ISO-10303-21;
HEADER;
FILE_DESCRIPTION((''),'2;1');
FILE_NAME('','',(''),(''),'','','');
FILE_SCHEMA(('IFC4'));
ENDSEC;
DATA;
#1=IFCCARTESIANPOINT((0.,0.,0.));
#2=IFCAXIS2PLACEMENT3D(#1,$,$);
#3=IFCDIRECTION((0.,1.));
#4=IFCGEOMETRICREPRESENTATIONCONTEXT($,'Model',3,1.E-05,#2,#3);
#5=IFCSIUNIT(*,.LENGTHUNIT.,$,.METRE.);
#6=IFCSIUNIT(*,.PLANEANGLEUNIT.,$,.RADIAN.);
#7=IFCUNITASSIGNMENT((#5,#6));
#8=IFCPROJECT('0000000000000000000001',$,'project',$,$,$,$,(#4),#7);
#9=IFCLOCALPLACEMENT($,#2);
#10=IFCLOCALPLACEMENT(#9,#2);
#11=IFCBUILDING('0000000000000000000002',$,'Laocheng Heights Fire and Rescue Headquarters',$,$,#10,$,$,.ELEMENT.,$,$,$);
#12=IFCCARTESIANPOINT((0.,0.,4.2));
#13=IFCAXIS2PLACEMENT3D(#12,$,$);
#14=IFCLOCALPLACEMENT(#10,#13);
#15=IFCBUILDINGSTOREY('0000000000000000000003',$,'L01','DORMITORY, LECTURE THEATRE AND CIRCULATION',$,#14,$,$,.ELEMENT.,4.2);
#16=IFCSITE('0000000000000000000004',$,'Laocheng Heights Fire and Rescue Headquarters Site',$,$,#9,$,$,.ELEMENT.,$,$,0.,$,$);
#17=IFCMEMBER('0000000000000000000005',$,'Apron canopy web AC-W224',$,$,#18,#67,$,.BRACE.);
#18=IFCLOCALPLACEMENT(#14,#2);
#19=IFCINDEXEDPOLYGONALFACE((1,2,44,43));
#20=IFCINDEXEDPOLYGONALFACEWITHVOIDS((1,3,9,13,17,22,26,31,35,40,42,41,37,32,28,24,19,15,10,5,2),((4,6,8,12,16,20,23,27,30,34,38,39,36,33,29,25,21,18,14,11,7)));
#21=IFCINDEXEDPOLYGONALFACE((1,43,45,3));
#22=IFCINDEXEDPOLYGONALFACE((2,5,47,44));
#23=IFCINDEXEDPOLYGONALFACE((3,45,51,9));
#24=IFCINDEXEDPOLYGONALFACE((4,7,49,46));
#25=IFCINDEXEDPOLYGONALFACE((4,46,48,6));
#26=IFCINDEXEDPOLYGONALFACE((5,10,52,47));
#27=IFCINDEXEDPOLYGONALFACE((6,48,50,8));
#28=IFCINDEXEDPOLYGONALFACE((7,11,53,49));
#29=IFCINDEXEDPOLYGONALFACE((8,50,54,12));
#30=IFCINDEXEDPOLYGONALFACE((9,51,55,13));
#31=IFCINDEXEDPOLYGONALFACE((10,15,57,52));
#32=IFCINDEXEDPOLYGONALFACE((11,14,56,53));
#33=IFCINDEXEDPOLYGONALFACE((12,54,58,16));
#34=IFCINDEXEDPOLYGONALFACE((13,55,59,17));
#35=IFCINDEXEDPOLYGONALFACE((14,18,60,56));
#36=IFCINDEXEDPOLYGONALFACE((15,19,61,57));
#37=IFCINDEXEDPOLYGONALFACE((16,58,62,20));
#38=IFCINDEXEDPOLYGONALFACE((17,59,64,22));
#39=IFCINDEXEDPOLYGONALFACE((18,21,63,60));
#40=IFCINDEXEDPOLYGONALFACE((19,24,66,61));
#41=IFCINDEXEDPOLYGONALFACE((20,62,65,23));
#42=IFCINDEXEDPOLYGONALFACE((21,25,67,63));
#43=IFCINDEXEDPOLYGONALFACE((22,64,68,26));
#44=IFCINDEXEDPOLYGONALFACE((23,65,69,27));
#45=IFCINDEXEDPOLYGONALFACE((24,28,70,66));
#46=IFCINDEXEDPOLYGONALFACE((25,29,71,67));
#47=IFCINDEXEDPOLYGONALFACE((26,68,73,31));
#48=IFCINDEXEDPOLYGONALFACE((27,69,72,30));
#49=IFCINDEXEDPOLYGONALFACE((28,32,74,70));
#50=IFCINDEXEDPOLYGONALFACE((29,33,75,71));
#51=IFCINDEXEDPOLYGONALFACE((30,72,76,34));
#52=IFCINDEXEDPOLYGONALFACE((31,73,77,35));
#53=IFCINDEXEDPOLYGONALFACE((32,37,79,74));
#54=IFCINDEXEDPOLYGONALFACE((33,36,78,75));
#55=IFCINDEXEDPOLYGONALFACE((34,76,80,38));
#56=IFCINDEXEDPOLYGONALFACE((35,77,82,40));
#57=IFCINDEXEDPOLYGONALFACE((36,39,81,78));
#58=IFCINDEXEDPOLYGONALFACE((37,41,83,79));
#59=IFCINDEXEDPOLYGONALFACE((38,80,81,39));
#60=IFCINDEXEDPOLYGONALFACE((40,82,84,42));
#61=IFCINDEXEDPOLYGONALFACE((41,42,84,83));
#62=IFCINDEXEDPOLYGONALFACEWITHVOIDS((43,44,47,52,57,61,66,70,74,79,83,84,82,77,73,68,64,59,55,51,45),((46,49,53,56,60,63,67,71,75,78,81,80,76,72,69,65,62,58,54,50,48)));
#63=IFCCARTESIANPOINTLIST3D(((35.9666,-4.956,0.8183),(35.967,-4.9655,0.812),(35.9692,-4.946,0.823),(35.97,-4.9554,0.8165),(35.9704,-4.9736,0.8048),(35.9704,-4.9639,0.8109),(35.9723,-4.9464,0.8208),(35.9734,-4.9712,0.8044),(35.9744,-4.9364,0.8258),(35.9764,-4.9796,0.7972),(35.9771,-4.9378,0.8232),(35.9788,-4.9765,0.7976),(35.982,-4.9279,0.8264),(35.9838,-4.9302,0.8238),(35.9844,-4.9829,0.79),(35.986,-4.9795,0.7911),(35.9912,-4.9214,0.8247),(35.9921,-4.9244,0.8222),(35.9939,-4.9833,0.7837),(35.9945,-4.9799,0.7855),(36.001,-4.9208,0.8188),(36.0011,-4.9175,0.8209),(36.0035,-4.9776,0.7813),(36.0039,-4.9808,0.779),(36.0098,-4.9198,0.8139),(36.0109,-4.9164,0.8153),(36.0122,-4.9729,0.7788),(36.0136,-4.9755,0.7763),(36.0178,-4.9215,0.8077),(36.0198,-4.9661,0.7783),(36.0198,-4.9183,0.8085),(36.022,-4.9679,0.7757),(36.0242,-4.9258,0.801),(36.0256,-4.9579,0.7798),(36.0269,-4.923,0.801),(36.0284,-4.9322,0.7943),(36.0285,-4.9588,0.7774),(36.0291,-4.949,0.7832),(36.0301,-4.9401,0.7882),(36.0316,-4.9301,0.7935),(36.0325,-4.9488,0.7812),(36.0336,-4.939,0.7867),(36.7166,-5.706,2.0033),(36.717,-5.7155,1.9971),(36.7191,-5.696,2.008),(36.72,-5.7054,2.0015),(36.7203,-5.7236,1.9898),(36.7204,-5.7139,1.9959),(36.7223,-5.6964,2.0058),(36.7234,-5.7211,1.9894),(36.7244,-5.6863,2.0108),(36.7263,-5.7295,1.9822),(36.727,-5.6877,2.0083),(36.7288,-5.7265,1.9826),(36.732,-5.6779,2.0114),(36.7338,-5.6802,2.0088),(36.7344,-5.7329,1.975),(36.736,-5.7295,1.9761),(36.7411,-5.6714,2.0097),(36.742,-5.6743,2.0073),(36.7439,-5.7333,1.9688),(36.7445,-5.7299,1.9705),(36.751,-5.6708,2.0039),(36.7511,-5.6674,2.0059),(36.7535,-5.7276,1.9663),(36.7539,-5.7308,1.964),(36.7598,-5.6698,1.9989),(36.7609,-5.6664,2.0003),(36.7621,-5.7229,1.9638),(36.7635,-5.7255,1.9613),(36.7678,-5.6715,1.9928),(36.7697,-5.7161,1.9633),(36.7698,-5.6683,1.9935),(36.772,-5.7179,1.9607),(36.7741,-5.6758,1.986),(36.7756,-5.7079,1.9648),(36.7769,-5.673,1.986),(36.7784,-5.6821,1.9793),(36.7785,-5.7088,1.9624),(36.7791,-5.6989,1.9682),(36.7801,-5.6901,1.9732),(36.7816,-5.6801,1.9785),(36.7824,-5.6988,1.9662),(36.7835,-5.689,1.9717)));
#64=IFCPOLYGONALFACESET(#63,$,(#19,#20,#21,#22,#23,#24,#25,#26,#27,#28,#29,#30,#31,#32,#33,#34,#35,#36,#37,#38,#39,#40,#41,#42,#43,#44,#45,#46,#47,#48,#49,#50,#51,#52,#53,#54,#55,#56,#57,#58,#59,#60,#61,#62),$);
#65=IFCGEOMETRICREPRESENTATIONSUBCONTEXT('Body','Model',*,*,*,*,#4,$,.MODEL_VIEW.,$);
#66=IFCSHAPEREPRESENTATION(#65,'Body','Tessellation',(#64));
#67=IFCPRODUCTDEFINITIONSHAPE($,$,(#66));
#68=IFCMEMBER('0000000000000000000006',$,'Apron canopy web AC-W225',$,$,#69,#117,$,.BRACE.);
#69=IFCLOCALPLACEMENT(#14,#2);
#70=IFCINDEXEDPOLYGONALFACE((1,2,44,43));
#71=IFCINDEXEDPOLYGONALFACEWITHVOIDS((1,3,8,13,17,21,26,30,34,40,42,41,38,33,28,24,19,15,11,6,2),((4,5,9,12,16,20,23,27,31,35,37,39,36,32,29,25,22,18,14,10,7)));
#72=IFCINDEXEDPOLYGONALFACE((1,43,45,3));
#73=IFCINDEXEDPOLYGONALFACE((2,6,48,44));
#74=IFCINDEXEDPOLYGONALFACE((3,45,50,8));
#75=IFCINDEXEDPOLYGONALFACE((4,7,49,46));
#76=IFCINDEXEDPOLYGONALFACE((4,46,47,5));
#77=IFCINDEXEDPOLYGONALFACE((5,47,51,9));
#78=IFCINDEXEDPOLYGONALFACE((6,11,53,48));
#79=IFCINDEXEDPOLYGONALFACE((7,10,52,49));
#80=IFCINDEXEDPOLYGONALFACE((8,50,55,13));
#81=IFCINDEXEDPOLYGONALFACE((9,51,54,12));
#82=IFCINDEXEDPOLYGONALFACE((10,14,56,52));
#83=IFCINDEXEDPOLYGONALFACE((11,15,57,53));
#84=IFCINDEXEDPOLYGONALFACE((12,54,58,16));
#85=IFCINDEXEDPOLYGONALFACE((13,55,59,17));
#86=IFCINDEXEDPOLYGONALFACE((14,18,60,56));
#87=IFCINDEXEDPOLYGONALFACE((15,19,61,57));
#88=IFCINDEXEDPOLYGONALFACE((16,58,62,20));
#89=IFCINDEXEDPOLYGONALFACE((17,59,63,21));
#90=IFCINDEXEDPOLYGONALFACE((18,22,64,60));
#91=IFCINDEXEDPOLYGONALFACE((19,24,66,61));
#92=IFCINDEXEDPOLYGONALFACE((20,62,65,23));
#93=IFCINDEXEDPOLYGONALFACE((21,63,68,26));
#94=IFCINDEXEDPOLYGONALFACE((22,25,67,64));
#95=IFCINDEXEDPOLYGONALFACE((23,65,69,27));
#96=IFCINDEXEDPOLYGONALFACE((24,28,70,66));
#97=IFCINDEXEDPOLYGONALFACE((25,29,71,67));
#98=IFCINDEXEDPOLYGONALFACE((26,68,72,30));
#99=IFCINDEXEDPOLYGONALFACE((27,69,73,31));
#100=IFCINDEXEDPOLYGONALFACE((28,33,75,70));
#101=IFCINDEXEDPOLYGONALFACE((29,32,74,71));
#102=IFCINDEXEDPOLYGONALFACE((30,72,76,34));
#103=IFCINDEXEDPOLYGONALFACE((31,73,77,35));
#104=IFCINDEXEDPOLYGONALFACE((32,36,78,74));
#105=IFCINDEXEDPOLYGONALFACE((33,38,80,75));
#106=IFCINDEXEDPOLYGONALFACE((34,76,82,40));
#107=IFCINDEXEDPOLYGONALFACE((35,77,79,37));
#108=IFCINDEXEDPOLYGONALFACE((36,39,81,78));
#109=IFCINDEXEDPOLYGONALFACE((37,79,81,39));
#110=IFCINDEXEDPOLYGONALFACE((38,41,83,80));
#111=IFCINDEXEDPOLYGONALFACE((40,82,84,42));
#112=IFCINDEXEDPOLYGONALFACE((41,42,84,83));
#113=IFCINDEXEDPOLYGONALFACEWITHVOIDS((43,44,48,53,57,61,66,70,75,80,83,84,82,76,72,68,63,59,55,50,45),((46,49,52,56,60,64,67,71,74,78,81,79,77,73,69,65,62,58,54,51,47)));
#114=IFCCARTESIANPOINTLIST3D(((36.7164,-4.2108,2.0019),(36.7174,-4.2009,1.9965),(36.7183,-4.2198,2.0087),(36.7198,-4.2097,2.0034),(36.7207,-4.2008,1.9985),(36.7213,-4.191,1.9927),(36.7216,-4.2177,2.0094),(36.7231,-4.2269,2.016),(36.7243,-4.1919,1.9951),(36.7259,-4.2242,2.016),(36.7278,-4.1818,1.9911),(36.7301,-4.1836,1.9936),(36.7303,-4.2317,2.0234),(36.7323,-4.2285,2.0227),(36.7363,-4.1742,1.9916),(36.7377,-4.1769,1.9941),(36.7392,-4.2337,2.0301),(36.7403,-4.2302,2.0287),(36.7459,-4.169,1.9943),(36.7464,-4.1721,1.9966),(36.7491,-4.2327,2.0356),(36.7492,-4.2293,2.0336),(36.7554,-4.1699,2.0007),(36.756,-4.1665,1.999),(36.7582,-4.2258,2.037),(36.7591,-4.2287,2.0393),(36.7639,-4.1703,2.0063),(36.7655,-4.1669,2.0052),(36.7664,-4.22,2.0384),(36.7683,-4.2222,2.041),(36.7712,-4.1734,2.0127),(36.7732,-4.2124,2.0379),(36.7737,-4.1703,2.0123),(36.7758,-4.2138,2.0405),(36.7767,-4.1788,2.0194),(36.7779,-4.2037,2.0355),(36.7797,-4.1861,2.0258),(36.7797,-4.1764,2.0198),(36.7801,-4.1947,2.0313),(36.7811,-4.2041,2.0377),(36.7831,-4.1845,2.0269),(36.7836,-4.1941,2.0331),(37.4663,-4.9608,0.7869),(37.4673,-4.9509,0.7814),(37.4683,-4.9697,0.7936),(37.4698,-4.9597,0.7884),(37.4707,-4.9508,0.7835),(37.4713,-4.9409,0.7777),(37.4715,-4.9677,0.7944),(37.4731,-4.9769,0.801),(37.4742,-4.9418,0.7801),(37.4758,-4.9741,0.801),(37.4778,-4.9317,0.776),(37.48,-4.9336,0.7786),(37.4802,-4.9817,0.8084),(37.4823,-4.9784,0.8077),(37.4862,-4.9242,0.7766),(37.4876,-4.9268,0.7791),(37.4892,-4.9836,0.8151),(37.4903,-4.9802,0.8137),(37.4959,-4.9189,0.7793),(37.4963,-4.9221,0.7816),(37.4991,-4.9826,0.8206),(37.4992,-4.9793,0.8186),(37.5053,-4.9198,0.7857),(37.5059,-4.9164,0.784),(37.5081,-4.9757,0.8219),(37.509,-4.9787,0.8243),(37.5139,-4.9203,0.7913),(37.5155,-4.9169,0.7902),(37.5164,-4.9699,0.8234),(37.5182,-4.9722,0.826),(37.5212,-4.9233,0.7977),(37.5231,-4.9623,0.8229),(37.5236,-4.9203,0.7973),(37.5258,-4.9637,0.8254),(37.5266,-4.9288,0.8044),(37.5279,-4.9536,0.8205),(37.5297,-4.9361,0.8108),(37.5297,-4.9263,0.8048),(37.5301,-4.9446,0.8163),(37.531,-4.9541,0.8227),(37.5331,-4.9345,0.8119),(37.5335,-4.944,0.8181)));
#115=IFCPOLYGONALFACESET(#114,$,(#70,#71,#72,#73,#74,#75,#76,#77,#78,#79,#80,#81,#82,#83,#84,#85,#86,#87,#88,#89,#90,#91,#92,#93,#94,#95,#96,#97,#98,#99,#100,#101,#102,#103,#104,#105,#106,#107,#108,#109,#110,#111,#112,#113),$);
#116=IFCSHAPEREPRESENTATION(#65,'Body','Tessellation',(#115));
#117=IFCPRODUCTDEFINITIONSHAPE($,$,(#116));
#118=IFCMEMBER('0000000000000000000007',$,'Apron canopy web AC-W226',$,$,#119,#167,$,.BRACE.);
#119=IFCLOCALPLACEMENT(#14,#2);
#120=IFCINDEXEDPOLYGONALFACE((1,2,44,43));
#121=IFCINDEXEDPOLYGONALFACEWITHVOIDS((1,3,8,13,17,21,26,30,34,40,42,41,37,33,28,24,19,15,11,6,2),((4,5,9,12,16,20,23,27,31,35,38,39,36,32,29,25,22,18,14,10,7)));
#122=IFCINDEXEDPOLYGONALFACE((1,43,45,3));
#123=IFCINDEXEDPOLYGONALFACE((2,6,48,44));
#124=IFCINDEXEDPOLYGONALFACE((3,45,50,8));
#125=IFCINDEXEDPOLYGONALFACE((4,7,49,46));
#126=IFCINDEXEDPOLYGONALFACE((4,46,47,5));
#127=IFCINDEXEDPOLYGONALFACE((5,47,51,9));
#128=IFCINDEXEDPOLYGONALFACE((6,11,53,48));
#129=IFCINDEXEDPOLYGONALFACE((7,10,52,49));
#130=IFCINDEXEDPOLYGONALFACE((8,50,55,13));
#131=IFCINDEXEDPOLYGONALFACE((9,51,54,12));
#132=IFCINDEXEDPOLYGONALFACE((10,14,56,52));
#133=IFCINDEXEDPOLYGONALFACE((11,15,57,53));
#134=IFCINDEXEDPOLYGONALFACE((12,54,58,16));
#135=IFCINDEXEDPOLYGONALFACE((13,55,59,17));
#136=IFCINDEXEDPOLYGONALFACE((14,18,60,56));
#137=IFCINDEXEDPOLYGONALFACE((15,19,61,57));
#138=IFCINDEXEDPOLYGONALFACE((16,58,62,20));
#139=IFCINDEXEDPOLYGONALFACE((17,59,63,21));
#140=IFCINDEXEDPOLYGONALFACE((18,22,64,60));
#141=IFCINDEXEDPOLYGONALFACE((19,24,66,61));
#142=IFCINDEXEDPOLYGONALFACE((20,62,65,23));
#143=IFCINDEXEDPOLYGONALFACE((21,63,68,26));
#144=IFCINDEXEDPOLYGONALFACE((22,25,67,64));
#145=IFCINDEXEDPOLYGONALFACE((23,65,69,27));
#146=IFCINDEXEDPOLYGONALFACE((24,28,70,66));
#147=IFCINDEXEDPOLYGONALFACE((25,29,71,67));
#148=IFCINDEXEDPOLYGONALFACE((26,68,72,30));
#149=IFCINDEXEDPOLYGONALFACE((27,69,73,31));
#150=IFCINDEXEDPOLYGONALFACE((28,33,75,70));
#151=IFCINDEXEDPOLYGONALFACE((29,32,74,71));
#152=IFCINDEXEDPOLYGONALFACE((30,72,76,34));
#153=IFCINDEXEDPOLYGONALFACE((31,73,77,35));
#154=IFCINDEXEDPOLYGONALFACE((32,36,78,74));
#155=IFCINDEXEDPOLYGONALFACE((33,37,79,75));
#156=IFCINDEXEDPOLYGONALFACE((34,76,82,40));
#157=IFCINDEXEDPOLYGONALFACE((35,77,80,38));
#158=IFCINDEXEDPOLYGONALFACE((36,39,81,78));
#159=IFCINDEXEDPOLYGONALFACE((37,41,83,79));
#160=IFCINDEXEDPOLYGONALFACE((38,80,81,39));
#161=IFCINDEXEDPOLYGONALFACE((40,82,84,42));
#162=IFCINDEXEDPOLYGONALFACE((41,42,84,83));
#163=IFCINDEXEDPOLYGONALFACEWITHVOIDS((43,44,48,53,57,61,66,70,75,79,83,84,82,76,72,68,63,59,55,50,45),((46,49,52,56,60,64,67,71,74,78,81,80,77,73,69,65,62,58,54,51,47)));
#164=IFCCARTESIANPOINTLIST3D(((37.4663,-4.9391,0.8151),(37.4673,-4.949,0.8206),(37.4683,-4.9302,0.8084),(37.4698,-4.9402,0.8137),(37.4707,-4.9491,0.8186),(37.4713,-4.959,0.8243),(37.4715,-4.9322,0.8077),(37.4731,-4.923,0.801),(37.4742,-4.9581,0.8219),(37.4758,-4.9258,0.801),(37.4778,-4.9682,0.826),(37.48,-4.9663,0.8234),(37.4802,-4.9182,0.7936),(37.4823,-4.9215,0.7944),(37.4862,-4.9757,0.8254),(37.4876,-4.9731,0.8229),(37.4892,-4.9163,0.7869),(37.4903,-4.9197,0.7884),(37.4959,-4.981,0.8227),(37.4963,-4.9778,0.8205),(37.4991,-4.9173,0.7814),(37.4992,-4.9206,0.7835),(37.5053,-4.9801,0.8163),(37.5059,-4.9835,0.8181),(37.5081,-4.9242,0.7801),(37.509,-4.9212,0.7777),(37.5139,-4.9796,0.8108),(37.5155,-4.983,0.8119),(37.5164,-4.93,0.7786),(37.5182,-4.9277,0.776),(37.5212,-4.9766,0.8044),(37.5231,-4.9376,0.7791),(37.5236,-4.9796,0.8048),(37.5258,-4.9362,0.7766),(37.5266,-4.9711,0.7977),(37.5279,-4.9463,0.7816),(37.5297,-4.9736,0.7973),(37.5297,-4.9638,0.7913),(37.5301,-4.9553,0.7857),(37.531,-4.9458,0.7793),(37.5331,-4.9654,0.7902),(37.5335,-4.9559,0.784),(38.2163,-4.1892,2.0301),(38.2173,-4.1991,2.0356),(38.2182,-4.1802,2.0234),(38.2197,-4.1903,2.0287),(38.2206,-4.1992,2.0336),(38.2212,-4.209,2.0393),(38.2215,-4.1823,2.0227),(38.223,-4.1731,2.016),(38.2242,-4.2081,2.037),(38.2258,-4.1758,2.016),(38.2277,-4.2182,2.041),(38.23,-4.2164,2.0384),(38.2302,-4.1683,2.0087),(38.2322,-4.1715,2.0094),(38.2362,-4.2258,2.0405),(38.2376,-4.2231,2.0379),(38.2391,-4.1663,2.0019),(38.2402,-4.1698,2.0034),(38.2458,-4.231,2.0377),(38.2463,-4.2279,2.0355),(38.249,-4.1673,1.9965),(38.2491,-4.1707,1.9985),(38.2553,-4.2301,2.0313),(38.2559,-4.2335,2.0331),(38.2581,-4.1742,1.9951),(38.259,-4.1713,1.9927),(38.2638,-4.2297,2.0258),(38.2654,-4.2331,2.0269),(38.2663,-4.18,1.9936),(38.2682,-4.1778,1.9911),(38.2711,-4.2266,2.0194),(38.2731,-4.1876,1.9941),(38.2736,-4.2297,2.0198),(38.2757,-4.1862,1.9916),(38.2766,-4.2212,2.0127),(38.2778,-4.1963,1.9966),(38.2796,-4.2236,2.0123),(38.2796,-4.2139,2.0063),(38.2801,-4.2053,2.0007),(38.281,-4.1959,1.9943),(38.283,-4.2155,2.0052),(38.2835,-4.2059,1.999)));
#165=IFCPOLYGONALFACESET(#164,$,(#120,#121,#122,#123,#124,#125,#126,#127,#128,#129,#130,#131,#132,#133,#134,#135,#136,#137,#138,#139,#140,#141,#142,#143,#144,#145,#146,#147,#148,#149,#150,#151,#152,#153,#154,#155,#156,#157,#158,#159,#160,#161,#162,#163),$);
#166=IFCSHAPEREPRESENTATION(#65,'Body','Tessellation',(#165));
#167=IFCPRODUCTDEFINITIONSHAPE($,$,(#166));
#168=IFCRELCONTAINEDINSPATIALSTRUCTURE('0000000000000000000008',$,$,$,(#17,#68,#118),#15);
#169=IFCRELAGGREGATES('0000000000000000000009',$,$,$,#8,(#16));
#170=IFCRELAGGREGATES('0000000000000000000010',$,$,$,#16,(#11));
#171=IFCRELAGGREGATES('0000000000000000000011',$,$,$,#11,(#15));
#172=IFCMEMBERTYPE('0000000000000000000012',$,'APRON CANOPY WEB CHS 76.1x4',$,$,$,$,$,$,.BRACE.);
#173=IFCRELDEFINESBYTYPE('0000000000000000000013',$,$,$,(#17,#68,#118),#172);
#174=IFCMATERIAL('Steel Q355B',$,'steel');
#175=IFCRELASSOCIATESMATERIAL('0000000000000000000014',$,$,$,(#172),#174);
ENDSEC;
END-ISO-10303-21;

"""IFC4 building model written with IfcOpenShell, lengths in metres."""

from ifc_helpers import new_model, si_unit, direction, frame, origin, origin_2d, place, context, subcontext, project, spatial, hollow_circle, extrude, material, material_profile, profile_set, type_object, element, save


model = new_model("IFC4")

# Units and contexts
model_context = context("Model", 3, precision=1e-05, world=origin(), true_north=direction((0.0, 1.0)))
body_context = subcontext(model_context, "Body", "Model", "MODEL_VIEW")
ifc_project = project(units=[si_unit("LENGTHUNIT", "METRE"), si_unit("PLANEANGLEUNIT", "RADIAN")], contexts=[model_context])

# Site, building, storey
site_placement = place(None, origin())
site = spatial("IfcSite", under=ifc_project, at=site_placement, Name="Laocheng Heights Fire and Rescue Headquarters Site", CompositionType="ELEMENT", RefElevation=0.0)
building_placement = place(site_placement, origin())
building = spatial("IfcBuilding", under=site, at=building_placement, Name="Laocheng Heights Fire and Rescue Headquarters", CompositionType="ELEMENT")
storey_placement = place(building_placement, frame((0.0, 0.0, 4.2)))
storey = spatial("IfcBuildingStorey", under=building, at=storey_placement, Name="L01", Description="DORMITORY, LECTURE THEATRE AND CIRCULATION", CompositionType="ELEMENT", Elevation=4.2)

# Members
ifc_material_1 = material(Name="Steel Q355B", Category="steel")
ifc_material_profile_1 = material_profile(ifc_material_1, hollow_circle(Radius=0.0381, WallThickness=0.0039, at=origin_2d()), Name="CHS 76.1x4")
ifc_profile_set_1 = profile_set([ifc_material_profile_1], Name="Steel Q355B")
member_type_1 = type_object("IfcMemberType", Name="APRON CANOPY WEB CHS 76.1x4", PredefinedType="BRACE", material=ifc_profile_set_1)
for number, where, z_axis, x_axis, name in (
    (1, (36.0, -4.95, 0.801), (0.47158, -0.47158, 0.745134), (0.707107, 0.707107, 0.0), "Apron canopy web AC-W224"),
):
    element("IfcMember", number, at=place(storey_placement, frame(where, z_axis=z_axis, x_axis=x_axis)), inside=storey, type_object=member_type_1, Name=name, PredefinedType="BRACE", context=body_context, shape_type="SweptSolid", body=[
        extrude(hollow_circle(Radius=0.0381, WallThickness=0.0039, at=origin_2d()), origin(), (0.0, 0.0, 1.0), 1.5903),
    ])
for number, where, z_axis, x_axis, name in (
    (2, (37.5, -4.95, 0.801), (-0.465002, 0.465002, 0.753357), (-0.707107, -0.707107, 0.0), "Apron canopy web AC-W225"),
    (3, (37.5, -4.95, 0.801), (0.465002, 0.465002, 0.753357), (-0.707107, 0.707107, 0.0), "Apron canopy web AC-W226"),
):
    element("IfcMember", number, at=place(storey_placement, frame(where, z_axis=z_axis, x_axis=x_axis)), inside=storey, type_object=member_type_1, Name=name, PredefinedType="BRACE", context=body_context, shape_type="SweptSolid", body=[
        extrude(hollow_circle(Radius=0.0381, WallThickness=0.0039, at=origin_2d()), origin(), (0.0, 0.0, 1.0), 1.6128),
    ])

save(model, "model.ifc")
